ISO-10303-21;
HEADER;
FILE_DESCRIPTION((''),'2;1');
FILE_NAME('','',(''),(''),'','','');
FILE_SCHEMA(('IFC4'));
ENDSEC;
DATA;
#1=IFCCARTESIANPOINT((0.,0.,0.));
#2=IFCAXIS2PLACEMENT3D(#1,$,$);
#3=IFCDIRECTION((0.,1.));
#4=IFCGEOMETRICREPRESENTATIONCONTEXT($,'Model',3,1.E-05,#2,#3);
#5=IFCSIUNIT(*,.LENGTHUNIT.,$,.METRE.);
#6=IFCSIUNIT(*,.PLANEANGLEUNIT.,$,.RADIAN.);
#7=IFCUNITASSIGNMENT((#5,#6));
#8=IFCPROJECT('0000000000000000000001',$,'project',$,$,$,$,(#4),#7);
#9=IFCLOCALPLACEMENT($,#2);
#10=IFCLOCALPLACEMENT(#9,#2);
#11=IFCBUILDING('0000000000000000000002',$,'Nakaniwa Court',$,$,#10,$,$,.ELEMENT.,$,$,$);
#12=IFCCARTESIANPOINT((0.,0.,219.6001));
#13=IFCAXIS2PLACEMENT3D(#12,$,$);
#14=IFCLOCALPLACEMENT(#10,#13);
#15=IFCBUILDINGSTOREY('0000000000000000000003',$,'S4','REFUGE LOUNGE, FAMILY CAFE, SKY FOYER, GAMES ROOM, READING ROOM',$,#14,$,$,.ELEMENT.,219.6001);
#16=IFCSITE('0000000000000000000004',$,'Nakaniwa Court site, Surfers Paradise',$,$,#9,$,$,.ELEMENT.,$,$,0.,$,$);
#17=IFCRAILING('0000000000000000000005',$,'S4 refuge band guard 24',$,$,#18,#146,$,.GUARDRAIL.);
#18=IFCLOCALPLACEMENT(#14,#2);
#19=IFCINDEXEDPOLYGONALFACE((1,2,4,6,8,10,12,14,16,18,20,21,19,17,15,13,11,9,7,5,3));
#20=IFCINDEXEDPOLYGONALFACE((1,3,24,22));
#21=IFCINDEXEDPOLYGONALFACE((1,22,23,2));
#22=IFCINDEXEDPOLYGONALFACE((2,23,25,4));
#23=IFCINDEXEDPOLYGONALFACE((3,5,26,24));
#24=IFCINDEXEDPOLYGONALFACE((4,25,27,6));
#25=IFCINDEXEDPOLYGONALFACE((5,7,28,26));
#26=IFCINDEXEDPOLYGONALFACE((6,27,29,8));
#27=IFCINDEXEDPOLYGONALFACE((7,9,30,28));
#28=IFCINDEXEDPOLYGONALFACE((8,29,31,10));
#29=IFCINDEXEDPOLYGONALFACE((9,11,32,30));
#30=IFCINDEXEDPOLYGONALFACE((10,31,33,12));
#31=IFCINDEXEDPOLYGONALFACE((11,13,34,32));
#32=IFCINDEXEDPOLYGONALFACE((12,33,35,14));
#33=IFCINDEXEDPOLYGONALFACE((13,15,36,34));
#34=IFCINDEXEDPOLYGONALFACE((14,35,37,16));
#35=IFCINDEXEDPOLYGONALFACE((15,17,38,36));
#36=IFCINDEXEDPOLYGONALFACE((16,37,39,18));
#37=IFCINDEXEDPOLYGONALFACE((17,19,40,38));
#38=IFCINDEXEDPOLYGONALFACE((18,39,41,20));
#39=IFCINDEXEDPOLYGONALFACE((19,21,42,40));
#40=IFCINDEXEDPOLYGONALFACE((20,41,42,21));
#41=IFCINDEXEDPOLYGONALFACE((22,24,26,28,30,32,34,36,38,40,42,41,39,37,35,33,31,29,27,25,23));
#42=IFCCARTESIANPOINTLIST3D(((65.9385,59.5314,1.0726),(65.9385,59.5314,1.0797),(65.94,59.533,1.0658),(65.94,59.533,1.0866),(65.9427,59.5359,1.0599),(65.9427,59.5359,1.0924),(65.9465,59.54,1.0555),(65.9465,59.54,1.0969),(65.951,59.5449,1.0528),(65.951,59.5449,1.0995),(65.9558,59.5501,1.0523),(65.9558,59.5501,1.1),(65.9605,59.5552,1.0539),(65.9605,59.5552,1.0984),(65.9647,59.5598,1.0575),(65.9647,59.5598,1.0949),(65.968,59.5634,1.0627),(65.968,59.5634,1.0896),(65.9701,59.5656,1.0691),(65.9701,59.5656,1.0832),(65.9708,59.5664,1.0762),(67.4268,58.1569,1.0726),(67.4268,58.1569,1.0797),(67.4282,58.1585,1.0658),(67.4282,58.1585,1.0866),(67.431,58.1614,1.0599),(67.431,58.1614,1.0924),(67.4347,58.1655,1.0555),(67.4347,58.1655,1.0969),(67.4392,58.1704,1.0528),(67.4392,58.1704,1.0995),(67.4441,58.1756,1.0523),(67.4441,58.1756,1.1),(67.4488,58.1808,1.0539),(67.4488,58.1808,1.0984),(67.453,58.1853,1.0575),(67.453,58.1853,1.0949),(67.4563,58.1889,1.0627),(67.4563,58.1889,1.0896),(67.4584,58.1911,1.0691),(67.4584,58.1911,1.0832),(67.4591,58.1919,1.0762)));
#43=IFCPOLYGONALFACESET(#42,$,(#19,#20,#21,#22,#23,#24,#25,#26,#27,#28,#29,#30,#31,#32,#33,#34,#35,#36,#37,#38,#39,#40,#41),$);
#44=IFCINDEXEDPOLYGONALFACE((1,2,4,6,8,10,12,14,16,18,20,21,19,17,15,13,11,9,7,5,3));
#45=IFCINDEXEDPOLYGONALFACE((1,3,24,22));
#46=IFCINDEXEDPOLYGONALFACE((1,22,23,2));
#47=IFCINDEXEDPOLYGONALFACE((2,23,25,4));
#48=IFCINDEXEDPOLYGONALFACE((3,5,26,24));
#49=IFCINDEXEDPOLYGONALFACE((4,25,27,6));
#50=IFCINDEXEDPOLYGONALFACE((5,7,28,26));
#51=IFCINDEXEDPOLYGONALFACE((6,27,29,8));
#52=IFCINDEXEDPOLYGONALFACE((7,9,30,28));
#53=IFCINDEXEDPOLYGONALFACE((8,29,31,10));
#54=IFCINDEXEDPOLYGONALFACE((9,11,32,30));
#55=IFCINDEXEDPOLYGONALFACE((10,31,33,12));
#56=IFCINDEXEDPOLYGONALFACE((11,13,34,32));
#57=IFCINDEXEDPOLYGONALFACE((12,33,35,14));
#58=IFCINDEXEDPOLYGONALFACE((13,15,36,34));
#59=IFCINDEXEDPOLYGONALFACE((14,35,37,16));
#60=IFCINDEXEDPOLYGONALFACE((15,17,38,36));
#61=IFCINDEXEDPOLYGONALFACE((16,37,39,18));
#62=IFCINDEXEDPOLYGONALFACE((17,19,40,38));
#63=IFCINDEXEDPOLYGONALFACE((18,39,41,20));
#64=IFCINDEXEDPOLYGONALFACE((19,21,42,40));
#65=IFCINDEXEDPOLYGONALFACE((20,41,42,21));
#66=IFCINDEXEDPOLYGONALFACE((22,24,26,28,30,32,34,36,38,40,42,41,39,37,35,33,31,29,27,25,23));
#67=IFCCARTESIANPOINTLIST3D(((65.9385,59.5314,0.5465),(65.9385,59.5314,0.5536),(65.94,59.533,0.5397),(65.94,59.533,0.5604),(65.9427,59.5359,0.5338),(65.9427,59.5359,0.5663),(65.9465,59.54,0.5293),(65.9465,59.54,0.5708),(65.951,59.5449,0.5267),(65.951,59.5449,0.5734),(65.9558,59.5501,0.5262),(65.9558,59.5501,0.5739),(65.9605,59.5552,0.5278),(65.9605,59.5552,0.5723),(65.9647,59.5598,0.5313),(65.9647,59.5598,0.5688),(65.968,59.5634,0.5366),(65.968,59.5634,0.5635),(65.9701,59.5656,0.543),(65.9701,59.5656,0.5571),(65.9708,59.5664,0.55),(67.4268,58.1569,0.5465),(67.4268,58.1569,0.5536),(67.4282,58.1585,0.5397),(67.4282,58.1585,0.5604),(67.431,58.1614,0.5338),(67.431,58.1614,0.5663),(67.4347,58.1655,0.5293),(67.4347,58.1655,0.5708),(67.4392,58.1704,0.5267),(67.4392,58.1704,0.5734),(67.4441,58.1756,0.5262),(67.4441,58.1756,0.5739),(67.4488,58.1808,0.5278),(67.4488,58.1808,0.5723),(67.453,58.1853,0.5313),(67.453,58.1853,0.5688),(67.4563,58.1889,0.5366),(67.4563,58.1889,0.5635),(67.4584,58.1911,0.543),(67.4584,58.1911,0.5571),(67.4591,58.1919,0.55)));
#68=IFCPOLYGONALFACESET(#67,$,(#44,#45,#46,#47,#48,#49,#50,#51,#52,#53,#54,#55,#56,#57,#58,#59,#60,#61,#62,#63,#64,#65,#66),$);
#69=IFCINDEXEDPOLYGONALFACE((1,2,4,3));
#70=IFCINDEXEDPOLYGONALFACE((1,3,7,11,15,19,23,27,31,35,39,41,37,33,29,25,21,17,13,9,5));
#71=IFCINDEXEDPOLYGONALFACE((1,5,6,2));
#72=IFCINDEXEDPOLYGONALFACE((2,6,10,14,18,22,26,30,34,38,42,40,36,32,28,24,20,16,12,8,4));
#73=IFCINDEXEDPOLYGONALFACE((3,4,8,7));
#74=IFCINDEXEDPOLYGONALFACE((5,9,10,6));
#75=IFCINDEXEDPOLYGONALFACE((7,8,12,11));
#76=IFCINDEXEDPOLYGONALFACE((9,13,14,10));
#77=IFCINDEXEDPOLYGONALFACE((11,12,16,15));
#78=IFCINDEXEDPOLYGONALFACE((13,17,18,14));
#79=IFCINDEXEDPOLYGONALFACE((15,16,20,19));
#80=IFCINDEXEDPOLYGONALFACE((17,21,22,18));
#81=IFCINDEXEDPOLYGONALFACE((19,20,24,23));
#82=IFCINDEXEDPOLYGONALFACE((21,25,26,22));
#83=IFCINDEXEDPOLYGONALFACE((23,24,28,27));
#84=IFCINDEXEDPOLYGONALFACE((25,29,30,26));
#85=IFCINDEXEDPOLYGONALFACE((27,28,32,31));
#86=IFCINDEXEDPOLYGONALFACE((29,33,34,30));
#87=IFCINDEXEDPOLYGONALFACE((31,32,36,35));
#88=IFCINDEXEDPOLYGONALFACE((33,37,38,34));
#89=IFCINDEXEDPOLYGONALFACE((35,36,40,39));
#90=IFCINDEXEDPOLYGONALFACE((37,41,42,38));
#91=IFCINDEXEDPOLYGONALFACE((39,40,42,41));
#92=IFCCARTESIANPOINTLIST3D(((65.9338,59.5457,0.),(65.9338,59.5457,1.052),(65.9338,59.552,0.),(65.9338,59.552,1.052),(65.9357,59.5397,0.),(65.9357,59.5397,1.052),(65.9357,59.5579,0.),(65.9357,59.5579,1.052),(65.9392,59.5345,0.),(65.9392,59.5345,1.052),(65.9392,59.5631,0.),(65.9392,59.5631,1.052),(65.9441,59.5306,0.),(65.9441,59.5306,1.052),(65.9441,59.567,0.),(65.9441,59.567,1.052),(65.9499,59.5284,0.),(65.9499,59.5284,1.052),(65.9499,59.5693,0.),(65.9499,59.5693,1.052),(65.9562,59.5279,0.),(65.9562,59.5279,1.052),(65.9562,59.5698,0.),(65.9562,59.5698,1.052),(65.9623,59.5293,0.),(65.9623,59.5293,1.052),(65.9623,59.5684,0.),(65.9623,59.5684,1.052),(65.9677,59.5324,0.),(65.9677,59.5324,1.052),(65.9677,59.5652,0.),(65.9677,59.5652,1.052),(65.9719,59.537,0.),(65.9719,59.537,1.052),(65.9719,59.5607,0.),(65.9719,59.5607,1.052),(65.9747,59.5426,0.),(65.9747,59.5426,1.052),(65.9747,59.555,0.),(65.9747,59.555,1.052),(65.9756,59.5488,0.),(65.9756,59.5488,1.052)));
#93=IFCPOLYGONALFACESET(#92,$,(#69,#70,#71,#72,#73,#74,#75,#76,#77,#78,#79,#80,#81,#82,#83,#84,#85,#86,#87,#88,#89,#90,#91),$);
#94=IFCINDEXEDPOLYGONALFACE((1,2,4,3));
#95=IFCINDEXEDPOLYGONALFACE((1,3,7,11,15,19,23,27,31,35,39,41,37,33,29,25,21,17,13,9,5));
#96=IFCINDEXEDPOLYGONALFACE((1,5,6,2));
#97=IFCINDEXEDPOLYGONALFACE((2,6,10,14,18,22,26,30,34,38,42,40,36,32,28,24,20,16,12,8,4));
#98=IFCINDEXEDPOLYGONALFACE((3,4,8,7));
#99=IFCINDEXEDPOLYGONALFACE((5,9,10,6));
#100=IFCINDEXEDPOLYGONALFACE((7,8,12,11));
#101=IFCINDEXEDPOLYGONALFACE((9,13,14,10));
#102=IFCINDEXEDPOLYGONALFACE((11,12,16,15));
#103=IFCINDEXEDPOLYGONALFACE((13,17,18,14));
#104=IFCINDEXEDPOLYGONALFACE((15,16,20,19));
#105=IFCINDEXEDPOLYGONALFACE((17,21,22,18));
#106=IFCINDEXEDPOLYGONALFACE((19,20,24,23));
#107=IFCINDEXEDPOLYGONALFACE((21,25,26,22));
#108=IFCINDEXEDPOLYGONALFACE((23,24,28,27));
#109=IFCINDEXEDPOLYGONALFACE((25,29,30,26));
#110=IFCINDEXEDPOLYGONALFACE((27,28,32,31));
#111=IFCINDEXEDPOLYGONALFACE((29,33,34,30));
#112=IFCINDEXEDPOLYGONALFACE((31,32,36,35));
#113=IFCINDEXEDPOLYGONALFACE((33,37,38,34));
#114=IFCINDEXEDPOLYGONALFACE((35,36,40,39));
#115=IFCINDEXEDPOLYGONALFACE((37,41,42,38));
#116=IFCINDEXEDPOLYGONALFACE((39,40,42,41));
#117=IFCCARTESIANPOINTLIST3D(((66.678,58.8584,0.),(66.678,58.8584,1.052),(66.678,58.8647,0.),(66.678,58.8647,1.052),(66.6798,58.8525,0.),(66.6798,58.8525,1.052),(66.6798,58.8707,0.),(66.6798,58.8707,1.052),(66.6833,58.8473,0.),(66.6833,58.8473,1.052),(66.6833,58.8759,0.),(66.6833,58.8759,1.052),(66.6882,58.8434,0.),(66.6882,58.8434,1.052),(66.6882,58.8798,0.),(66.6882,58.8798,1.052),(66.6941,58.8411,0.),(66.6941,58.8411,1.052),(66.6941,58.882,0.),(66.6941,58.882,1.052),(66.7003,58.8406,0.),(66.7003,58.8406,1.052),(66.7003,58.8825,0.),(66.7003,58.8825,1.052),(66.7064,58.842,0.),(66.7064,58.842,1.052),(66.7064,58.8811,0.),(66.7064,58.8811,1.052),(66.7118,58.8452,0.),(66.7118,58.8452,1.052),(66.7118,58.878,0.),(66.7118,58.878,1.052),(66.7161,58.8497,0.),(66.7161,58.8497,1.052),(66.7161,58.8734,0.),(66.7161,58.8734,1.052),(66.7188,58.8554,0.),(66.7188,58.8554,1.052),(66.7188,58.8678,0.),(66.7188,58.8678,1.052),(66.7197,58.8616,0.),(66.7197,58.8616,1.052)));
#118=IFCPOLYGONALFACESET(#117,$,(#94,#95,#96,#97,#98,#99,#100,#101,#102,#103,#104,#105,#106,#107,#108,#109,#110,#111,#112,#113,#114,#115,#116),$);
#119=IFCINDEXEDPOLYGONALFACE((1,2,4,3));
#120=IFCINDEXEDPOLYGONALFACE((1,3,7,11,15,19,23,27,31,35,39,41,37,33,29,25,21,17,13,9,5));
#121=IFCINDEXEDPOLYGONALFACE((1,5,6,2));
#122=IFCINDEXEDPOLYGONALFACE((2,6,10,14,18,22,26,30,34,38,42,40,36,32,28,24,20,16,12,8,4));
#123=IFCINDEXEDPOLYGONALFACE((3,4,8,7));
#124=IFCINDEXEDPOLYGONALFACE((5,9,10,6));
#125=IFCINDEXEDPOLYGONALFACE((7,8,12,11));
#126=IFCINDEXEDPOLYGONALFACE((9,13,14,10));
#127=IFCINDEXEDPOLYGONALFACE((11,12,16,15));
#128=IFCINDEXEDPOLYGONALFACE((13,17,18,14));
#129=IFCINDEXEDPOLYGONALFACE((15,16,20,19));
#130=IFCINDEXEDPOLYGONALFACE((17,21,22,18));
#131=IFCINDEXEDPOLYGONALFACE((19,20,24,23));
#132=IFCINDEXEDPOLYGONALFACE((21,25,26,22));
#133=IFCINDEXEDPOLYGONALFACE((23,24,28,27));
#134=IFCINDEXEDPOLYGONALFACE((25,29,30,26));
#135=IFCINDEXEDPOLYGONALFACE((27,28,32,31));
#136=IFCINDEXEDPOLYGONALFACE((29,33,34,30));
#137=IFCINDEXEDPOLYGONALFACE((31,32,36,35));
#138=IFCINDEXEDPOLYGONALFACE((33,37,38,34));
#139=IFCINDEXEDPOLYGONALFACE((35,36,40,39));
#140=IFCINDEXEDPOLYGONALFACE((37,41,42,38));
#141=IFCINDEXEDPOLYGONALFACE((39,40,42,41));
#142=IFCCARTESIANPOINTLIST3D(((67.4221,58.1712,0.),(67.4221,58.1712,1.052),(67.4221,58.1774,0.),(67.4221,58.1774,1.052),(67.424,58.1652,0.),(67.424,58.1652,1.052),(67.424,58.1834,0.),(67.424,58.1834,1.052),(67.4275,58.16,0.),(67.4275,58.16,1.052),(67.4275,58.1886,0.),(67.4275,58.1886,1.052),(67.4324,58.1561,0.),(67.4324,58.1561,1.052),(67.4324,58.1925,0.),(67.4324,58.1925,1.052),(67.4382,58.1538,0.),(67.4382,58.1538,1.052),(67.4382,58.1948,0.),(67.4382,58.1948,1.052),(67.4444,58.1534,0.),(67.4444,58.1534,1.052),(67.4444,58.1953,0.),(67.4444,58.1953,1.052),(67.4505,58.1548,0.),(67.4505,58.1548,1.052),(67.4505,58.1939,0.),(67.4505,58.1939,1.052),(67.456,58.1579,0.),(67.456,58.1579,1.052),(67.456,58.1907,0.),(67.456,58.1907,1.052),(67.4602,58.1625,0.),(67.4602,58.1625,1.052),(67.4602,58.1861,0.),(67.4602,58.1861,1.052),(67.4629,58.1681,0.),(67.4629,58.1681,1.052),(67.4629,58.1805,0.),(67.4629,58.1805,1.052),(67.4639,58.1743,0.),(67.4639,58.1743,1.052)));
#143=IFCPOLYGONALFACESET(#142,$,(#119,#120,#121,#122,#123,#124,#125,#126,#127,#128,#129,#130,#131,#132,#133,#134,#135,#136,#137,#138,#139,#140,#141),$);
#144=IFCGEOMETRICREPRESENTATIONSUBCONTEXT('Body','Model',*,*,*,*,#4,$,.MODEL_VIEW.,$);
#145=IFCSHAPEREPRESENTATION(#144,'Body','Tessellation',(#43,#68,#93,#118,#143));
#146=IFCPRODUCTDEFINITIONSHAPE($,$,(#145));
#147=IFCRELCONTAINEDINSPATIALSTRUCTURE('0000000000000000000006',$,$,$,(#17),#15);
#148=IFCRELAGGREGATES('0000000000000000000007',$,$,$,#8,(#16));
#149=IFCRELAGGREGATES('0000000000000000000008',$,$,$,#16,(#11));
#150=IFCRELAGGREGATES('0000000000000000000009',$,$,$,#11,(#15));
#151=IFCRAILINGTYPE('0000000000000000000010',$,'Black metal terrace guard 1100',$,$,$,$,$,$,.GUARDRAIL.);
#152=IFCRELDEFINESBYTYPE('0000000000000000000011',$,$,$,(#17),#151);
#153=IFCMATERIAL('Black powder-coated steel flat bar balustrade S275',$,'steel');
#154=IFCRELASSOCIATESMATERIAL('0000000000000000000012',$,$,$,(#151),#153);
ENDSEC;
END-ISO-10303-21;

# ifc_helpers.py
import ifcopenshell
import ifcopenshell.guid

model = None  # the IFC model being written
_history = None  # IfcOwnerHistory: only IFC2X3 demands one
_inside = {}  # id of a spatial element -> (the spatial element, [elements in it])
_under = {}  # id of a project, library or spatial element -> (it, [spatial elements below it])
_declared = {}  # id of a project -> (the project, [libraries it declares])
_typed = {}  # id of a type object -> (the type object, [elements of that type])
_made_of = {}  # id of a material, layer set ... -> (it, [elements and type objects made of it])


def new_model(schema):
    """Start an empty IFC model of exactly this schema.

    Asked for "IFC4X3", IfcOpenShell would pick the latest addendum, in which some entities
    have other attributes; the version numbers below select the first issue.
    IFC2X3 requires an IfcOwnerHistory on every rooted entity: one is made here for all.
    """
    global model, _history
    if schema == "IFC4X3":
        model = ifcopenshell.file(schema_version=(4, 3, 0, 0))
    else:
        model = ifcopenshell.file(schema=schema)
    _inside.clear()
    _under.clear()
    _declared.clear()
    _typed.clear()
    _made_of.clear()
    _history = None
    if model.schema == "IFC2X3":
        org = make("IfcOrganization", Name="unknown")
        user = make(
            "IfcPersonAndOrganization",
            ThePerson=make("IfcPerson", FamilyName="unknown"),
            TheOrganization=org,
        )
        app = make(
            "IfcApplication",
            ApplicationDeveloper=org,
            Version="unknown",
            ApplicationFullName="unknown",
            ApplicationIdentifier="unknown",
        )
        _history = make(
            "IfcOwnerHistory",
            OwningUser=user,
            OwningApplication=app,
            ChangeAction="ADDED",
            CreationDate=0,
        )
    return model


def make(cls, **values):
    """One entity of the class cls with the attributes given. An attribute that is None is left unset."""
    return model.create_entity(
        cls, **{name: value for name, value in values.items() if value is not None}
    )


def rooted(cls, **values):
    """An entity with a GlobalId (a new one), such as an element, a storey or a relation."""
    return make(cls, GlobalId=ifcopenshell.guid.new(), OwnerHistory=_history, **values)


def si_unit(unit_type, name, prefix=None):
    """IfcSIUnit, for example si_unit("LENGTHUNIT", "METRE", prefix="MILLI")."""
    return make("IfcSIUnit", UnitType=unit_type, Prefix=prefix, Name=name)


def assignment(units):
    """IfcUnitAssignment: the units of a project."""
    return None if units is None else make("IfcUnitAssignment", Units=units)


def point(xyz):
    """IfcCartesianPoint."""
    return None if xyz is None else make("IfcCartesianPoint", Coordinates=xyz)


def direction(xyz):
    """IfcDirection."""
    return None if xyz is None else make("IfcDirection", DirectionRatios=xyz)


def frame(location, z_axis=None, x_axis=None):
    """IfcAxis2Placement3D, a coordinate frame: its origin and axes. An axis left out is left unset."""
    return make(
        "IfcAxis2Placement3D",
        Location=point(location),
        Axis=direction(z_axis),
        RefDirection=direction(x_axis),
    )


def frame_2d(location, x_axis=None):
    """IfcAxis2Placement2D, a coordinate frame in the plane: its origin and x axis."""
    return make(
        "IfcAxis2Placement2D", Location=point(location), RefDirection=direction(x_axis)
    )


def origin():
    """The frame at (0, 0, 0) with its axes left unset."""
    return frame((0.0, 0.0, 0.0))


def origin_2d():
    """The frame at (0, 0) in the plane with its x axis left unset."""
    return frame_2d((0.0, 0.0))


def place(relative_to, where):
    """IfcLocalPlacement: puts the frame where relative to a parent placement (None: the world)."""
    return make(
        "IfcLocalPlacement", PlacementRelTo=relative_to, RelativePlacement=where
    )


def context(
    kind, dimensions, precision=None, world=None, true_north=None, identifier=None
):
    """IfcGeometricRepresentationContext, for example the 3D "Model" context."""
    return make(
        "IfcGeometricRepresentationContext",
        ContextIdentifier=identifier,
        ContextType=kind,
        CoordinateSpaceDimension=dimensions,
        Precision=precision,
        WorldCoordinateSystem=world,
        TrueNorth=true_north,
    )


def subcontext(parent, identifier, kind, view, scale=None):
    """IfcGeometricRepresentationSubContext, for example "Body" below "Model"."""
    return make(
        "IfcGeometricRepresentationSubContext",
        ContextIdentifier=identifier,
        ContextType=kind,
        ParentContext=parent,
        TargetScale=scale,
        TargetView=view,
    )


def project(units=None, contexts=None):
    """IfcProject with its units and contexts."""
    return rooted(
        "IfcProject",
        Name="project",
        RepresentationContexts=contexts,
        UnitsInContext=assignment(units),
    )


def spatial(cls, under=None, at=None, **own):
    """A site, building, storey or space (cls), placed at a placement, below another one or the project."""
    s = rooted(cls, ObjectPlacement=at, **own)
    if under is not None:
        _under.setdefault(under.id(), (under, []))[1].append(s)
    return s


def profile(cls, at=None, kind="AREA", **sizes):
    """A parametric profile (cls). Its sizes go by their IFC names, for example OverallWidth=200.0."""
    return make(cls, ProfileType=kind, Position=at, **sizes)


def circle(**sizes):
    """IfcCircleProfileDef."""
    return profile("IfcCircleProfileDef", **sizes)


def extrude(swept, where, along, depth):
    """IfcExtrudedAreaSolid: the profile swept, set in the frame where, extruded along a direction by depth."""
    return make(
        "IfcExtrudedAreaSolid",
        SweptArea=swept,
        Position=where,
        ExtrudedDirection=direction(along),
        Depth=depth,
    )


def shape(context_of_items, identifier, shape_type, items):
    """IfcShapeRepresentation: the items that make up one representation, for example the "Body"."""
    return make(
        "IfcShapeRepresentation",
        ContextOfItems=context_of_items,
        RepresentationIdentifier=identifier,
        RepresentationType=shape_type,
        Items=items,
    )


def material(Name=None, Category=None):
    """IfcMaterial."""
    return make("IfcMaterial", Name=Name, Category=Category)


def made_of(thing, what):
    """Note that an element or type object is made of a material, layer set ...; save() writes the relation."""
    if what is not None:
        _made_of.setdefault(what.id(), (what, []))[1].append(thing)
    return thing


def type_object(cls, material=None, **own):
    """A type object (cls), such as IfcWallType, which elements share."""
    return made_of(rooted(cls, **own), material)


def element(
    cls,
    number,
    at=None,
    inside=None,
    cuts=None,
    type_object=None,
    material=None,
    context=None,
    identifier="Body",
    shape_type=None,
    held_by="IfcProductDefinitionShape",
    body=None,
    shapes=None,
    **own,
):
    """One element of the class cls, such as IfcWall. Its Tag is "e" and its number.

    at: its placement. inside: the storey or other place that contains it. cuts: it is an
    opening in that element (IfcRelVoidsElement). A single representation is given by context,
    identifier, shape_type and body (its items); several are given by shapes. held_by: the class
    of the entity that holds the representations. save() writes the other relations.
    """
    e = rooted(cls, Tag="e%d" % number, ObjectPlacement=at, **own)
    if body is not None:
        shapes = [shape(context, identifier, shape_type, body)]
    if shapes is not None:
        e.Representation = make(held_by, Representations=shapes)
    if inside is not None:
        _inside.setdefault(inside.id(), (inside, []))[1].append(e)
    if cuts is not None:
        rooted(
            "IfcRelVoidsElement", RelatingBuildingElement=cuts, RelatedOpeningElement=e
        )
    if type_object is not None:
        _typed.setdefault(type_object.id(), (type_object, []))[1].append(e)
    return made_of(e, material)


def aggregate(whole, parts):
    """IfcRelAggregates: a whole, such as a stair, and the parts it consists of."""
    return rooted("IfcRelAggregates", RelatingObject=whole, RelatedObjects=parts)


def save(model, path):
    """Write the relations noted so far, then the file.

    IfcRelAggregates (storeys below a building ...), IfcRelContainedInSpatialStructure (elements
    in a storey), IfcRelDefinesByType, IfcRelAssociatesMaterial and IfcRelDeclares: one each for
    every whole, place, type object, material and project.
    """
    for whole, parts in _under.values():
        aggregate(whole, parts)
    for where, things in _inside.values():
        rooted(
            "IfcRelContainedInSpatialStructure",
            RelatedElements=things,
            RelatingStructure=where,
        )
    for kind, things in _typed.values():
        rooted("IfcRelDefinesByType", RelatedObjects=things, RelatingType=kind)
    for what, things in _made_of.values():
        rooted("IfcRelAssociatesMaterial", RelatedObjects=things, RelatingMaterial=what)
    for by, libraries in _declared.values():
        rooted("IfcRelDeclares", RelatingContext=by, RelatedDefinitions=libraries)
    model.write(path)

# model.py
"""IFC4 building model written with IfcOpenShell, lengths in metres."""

from ifc_helpers import new_model, si_unit, direction, frame, origin, origin_2d, place, context, subcontext, project, spatial, circle, extrude, material, type_object, element, save


model = new_model("IFC4")

# Units and contexts
model_context = context("Model", 3, precision=1e-05, world=origin(), true_north=direction((0.0, 1.0)))
body_context = subcontext(model_context, "Body", "Model", "MODEL_VIEW")
ifc_project = project(units=[si_unit("LENGTHUNIT", "METRE"), si_unit("PLANEANGLEUNIT", "RADIAN")], contexts=[model_context])

# Site, building, storey
site_placement = place(None, origin())
site = spatial("IfcSite", under=ifc_project, at=site_placement, Name="Nakaniwa Court site, Surfers Paradise", CompositionType="ELEMENT", RefElevation=0.0)
building_placement = place(site_placement, origin())
building = spatial("IfcBuilding", under=site, at=building_placement, Name="Nakaniwa Court", CompositionType="ELEMENT")
storey_placement = place(building_placement, frame((0.0, 0.0, 219.6001)))
storey = spatial("IfcBuildingStorey", under=building, at=storey_placement, Name="S4", Description="REFUGE LOUNGE, FAMILY CAFE, SKY FOYER, GAMES ROOM, READING ROOM", CompositionType="ELEMENT", Elevation=219.6001)

# Railing
ifc_material_1 = material(Name="Black powder-coated steel flat bar balustrade S275", Category="steel")
railing_type = type_object("IfcRailingType", Name="Black metal terrace guard 1100", PredefinedType="GUARDRAIL", material=ifc_material_1)
railing_1_placement = place(storey_placement, frame((65.9546, 59.5488, 0.0)))
element("IfcRailing", 1, at=railing_1_placement, inside=storey, type_object=railing_type, Name="S4 refuge band guard 24", PredefinedType="GUARDRAIL", context=body_context, shape_type="SweptSolid", body=[
    extrude(circle(Radius=0.0239, at=origin_2d()), frame((0.0, 0.0, 1.0762), z_axis=(0.734628, -0.67847, 0.0), x_axis=(0.67847, 0.734628, 0.0)), (0.0, 0.0, 1.0), 2.0259),
    extrude(circle(Radius=0.0239, at=origin_2d()), frame((0.0, 0.0, 0.55), z_axis=(0.734628, -0.67847, 0.0), x_axis=(0.67847, 0.734628, 0.0)), (0.0, 0.0, 1.0), 2.0259),
    extrude(circle(Radius=0.021, at=origin_2d()), origin(), (0.0, 0.0, 1.0), 1.052),
    extrude(circle(Radius=0.021, at=origin_2d()), frame((0.7441, -0.6873, 0.0)), (0.0, 0.0, 1.0), 1.052),
    extrude(circle(Radius=0.021, at=origin_2d()), frame((1.4883, -1.3745, 0.0)), (0.0, 0.0, 1.0), 1.052),
])

save(model, "model.ifc")
